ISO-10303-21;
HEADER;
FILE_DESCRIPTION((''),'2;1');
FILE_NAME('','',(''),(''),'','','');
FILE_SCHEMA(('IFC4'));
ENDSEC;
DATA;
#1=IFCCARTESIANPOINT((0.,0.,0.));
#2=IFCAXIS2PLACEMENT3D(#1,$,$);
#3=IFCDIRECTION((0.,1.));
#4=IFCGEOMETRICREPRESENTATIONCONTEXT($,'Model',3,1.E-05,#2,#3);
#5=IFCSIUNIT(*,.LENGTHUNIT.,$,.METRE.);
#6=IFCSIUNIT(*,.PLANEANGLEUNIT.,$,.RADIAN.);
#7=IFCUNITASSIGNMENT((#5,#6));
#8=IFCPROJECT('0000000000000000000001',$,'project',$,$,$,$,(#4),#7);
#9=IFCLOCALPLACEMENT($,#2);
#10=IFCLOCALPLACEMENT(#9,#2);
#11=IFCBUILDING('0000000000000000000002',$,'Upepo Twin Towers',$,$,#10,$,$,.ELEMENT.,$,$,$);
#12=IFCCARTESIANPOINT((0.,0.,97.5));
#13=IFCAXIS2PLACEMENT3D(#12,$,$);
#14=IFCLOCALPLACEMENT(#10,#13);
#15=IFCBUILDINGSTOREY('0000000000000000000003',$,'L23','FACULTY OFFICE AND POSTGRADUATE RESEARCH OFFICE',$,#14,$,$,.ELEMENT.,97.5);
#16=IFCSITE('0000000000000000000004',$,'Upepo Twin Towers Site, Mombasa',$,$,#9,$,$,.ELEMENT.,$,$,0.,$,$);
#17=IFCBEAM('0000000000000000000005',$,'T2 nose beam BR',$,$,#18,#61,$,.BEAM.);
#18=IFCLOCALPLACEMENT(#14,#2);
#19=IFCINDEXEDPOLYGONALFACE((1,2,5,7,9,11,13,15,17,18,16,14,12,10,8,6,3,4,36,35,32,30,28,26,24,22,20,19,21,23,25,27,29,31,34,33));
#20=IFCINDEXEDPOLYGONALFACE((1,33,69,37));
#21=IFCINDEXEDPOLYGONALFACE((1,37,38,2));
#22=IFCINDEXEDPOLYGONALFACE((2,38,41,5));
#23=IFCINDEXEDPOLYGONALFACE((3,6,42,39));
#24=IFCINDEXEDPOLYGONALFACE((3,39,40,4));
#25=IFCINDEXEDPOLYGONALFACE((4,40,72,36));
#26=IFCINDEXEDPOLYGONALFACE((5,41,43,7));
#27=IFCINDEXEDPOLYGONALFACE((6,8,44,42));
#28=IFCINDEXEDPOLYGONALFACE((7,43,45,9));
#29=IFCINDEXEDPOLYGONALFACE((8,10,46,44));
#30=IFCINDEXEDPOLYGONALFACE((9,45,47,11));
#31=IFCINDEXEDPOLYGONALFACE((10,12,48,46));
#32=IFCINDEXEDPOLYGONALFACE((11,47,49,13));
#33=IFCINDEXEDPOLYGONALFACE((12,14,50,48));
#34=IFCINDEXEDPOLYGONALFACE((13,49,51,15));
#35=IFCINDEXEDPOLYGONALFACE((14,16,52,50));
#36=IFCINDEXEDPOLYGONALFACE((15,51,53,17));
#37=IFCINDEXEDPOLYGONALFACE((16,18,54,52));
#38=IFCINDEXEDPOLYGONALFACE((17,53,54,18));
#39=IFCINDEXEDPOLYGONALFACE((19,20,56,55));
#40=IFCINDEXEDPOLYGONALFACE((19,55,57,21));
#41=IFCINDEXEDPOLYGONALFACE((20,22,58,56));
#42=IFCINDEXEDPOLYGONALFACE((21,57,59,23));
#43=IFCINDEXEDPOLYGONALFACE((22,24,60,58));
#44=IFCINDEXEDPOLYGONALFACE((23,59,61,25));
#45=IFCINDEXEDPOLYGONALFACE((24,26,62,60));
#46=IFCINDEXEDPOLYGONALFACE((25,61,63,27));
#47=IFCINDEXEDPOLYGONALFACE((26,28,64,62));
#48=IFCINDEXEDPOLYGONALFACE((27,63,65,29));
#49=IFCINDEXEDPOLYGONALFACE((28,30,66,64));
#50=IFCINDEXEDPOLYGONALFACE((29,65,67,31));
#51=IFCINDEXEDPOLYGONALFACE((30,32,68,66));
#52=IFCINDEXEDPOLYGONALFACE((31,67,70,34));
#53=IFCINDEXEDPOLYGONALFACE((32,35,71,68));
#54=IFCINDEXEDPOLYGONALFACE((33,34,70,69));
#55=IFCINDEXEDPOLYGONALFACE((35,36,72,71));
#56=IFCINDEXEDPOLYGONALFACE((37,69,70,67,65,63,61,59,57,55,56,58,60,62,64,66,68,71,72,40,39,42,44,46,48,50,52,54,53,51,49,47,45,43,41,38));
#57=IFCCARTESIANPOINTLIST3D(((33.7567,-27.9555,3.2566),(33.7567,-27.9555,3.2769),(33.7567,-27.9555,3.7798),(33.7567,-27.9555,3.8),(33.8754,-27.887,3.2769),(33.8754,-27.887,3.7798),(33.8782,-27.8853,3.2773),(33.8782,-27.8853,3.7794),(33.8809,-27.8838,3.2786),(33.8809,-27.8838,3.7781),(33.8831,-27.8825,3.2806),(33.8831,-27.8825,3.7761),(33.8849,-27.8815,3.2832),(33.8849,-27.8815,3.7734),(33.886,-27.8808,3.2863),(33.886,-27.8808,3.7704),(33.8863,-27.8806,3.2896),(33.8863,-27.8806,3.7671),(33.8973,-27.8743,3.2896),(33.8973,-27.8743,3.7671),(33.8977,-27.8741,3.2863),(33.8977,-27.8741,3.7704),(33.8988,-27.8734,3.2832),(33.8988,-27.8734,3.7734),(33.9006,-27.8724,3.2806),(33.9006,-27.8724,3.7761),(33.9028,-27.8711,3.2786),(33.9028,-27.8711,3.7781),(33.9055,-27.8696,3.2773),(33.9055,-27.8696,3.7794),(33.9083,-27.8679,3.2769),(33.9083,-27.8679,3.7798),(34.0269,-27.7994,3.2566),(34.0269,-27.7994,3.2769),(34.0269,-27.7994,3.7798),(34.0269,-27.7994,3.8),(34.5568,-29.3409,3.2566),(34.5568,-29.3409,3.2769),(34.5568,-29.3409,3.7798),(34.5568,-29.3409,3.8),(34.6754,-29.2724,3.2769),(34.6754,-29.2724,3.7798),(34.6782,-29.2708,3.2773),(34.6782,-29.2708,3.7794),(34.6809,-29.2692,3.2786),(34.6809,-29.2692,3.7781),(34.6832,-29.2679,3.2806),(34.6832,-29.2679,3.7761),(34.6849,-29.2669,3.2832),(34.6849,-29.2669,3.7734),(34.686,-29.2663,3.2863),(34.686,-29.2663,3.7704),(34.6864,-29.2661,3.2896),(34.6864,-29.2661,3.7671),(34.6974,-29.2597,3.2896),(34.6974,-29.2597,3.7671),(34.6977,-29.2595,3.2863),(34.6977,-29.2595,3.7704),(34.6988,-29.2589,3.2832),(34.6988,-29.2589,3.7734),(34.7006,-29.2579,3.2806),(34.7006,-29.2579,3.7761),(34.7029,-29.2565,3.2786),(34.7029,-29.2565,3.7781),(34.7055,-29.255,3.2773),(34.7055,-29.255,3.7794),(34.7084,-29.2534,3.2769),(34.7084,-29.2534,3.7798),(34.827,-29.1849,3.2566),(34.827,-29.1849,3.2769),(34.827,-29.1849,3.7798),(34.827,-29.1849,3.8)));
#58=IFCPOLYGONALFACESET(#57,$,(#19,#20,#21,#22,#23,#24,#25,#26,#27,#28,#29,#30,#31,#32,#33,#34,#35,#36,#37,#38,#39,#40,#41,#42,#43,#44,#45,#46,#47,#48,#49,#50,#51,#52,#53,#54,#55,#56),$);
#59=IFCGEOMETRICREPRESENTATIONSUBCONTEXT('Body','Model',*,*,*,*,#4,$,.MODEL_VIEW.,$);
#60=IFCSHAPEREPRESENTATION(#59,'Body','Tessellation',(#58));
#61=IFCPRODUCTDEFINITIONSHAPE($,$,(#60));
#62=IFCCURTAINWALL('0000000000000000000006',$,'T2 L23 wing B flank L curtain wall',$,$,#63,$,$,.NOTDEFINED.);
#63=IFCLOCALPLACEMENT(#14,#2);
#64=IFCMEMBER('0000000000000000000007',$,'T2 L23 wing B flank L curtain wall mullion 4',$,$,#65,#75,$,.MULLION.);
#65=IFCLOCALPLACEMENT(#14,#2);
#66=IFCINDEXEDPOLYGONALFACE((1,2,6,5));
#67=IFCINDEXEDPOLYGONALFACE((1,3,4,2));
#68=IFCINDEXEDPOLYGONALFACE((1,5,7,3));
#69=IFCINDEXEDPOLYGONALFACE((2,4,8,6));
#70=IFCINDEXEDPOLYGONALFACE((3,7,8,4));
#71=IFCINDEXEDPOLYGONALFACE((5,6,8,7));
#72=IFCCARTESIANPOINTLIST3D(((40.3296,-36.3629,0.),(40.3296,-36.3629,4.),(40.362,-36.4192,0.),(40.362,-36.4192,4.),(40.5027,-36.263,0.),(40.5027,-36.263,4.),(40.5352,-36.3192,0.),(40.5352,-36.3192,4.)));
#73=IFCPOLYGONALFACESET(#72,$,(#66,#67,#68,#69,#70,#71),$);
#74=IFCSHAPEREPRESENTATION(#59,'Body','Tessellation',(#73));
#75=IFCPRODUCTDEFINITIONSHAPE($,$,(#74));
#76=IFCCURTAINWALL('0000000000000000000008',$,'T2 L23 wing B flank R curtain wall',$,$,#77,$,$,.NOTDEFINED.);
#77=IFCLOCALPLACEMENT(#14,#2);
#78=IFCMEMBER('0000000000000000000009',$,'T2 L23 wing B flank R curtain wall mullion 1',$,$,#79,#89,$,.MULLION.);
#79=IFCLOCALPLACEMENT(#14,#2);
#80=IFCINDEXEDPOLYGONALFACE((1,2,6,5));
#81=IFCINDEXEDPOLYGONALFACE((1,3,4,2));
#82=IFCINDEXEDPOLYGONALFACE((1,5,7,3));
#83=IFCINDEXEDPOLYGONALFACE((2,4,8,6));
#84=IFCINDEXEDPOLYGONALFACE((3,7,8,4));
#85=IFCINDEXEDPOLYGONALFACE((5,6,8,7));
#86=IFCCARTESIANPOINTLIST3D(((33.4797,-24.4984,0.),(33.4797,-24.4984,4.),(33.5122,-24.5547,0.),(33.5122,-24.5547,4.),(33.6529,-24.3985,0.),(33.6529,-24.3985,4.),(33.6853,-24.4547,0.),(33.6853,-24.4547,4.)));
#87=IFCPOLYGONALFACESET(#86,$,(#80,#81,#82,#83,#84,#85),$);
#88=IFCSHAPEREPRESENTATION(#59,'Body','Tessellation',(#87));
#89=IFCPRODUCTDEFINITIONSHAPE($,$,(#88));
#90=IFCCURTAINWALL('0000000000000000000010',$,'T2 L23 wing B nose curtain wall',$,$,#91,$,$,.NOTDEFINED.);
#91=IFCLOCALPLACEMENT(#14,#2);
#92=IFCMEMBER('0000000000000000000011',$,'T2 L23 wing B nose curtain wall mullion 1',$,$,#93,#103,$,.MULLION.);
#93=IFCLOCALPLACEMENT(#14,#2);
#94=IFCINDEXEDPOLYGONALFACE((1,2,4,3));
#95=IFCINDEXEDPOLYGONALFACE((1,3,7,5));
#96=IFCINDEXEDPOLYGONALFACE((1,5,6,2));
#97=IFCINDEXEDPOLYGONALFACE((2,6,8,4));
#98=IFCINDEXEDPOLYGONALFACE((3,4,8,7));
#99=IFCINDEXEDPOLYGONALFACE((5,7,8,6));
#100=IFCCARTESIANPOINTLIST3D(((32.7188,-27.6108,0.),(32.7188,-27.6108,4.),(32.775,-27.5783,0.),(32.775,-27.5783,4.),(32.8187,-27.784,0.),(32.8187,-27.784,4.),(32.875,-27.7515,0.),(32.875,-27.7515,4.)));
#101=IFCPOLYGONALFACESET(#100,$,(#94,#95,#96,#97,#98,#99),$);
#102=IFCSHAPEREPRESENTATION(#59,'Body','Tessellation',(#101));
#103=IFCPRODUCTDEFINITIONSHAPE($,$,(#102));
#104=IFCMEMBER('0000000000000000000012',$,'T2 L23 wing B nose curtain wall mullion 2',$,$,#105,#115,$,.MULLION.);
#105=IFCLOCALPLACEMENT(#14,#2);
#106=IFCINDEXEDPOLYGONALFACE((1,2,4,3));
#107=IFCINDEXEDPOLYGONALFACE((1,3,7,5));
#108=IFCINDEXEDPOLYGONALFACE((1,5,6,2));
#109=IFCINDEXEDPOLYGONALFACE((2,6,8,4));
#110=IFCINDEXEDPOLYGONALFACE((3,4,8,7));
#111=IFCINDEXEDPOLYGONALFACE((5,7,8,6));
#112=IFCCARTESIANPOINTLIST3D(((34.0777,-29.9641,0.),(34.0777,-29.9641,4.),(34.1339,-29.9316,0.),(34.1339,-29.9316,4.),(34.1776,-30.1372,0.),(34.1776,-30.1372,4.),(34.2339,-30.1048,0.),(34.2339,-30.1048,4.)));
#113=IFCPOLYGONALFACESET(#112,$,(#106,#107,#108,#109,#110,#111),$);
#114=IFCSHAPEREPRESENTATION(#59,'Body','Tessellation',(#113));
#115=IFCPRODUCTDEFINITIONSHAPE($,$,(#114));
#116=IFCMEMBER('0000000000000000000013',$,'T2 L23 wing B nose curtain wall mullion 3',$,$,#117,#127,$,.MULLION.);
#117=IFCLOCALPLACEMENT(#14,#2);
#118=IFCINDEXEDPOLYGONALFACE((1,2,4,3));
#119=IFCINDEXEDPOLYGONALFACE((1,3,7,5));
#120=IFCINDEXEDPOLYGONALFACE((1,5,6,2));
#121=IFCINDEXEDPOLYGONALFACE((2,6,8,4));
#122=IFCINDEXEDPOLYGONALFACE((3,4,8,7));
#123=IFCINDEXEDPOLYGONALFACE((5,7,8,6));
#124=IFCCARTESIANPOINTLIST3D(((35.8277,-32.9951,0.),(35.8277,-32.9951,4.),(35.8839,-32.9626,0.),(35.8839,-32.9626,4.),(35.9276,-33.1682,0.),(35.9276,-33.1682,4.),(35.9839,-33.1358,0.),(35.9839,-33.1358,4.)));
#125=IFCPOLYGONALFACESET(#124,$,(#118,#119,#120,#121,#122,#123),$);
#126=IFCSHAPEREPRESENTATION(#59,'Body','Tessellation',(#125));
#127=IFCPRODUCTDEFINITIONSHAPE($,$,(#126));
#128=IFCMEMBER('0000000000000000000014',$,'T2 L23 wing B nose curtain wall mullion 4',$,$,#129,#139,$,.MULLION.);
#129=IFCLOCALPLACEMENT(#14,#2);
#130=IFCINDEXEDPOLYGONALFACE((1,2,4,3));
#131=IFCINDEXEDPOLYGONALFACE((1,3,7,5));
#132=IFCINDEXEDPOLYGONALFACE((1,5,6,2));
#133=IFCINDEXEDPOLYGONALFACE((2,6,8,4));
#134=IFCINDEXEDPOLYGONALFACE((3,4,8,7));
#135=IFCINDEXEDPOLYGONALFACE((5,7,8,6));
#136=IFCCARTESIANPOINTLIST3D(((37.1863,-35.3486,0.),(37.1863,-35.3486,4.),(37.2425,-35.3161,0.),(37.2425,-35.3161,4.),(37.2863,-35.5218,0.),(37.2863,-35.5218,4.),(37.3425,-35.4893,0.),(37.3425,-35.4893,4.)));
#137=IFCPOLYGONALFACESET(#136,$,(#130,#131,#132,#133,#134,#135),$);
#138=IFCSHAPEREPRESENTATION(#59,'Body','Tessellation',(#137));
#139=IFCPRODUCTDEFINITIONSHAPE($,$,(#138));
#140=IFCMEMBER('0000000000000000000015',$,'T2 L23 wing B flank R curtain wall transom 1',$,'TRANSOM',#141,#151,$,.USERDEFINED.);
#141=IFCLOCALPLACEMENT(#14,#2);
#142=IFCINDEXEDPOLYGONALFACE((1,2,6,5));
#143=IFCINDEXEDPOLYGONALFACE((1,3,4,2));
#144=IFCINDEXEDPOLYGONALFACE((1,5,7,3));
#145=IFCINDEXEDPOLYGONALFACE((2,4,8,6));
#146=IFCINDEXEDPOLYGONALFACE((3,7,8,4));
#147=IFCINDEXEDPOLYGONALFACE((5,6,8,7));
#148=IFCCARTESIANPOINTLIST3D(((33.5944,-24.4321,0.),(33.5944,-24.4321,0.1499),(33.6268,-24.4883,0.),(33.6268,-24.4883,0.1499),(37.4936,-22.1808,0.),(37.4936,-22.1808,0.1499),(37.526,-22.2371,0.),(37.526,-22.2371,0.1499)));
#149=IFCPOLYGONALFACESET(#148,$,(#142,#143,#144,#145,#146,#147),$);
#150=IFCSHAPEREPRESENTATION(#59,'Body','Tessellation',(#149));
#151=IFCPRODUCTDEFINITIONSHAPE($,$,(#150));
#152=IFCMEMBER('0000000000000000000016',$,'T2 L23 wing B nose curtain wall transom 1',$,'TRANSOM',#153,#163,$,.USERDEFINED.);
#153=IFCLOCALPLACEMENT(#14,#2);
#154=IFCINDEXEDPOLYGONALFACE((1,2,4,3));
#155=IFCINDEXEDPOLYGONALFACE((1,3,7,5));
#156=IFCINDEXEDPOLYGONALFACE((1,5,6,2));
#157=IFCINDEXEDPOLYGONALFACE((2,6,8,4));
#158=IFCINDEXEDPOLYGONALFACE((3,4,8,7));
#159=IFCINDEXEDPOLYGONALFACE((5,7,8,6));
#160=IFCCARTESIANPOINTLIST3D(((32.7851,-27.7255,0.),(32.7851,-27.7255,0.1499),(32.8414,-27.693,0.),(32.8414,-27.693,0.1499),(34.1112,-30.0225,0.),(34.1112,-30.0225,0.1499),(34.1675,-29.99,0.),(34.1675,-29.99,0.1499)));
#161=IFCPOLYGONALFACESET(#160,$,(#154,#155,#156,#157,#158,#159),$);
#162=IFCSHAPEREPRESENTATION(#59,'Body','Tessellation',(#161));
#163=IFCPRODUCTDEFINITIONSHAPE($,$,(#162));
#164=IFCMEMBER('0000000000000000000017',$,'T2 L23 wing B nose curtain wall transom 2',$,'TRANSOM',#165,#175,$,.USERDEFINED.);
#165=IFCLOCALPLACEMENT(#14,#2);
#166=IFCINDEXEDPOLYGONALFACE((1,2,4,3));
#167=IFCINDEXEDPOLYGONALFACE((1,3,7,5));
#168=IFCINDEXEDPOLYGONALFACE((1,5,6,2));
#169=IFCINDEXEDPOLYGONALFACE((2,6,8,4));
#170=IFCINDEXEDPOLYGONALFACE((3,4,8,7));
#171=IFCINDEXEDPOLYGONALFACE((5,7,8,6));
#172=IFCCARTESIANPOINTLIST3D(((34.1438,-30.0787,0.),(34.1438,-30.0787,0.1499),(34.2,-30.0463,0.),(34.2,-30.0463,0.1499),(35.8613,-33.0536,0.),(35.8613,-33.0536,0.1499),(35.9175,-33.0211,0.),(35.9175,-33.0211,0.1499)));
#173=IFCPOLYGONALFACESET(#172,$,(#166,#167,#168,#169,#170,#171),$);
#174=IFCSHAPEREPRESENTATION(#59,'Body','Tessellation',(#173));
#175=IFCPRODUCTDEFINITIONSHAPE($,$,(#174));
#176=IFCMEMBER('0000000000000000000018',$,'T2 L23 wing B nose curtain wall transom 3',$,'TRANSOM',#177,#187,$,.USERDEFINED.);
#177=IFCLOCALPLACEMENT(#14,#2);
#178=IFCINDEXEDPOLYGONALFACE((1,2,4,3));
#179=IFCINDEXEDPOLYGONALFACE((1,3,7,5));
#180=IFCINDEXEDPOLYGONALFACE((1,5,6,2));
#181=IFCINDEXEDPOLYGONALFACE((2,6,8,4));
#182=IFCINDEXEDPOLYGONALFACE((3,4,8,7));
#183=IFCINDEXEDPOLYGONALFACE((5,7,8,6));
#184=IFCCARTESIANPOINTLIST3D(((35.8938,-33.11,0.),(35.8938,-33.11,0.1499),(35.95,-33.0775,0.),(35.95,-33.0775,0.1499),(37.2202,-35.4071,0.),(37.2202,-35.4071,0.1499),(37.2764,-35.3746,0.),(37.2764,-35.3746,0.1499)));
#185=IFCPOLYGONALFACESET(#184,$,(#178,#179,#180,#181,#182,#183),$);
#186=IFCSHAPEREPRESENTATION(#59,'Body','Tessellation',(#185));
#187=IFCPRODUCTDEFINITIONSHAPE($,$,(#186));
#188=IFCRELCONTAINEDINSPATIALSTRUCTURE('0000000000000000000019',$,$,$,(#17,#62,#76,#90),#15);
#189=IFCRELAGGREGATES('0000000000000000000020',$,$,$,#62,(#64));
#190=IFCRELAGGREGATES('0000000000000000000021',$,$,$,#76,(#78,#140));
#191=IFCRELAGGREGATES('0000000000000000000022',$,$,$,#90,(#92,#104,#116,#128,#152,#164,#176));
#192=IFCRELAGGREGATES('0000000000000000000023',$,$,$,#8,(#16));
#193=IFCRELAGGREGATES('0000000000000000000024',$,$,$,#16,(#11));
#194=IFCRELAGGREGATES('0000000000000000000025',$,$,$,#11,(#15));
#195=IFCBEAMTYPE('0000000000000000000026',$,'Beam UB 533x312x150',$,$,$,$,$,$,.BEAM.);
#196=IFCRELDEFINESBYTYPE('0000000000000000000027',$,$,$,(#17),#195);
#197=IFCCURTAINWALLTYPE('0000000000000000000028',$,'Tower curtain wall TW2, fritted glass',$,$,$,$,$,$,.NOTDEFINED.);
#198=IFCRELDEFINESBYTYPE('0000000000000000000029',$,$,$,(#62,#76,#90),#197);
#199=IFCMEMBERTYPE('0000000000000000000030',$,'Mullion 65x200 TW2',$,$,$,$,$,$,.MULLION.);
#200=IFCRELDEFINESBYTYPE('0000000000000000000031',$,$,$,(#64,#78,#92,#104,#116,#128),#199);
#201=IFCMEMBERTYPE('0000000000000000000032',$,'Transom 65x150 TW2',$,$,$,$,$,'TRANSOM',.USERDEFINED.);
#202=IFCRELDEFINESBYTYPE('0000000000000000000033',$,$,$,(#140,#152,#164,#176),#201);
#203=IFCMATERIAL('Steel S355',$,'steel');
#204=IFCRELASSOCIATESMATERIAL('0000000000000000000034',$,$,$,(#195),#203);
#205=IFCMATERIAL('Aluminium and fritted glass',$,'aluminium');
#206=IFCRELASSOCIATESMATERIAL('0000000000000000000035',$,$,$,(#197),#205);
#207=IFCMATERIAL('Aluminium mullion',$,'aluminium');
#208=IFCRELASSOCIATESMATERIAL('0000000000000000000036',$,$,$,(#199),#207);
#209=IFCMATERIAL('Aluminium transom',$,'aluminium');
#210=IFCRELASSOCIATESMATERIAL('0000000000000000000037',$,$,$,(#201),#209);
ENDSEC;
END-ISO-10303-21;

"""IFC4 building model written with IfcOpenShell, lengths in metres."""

from ifc_helpers import new_model, si_unit, direction, frame, origin, origin_2d, place, context, subcontext, project, spatial, rectangle, i_section, extrude, material, material_profile, profile_set, type_object, element, aggregate, save


model = new_model("IFC4")

# Units and contexts
model_context = context("Model", 3, precision=1e-05, world=origin(), true_north=direction((0.0, 1.0)))
body_context = subcontext(model_context, "Body", "Model", "MODEL_VIEW")
ifc_project = project(units=[si_unit("LENGTHUNIT", "METRE"), si_unit("PLANEANGLEUNIT", "RADIAN")], contexts=[model_context])

# Site, building, storey
site_placement = place(None, origin())
site = spatial("IfcSite", under=ifc_project, at=site_placement, Name="Upepo Twin Towers Site, Mombasa", CompositionType="ELEMENT", RefElevation=0.0)
building_placement = place(site_placement, origin())
building = spatial("IfcBuilding", under=site, at=building_placement, Name="Upepo Twin Towers", CompositionType="ELEMENT")
storey_placement = place(building_placement, frame((0.0, 0.0, 97.5)))
storey = spatial("IfcBuildingStorey", under=building, at=storey_placement, Name="L23", Description="FACULTY OFFICE AND POSTGRADUATE RESEARCH OFFICE", CompositionType="ELEMENT", Elevation=97.5)

# Beam
ifc_material_1 = material(Name="Steel S355", Category="steel")
ifc_material_profile_1 = material_profile(ifc_material_1, i_section(OverallWidth=0.312, OverallDepth=0.5435, WebThickness=0.0127, FlangeThickness=0.0203, FilletRadius=0.0127, at=origin_2d()), Name="UB 533x312x150")
ifc_profile_set_1 = profile_set([ifc_material_profile_1], Name="Steel S355")
beam_type_1 = type_object("IfcBeamType", Name="Beam UB 533x312x150", PredefinedType="BEAM", material=ifc_profile_set_1)
for number, where, z_axis, x_axis, name in (
    (1, (33.8918, -27.8774, 3.5283), (0.500061, -0.86599, 0.0), (0.86599, 0.500061, 0.0), "T2 nose beam BR"),
):
    element("IfcBeam", number, at=place(storey_placement, frame(where, z_axis=z_axis, x_axis=x_axis)), inside=storey, type_object=beam_type_1, Name=name, PredefinedType="BEAM", context=body_context, shape_type="SweptSolid", body=[
        extrude(i_section(OverallWidth=0.312, OverallDepth=0.5435, WebThickness=0.0127, FlangeThickness=0.0203, FilletRadius=0.0127, at=origin_2d()), origin(), (0.0, 0.0, 1.0), 1.5999),
    ])

# Curtain walls, members
ifc_material_2 = material(Name="Aluminium and fritted glass", Category="aluminium")
curtain_wall_type = type_object("IfcCurtainWallType", Name="Tower curtain wall TW2, fritted glass", PredefinedType="NOTDEFINED", material=ifc_material_2)
curtain_wall_1_placement = place(storey_placement, origin())
curtain_wall_1 = element("IfcCurtainWall", 2, at=curtain_wall_1_placement, inside=storey, type_object=curtain_wall_type, Name="T2 L23 wing B flank L curtain wall", PredefinedType="NOTDEFINED")
ifc_material_3 = material(Name="Aluminium mullion", Category="aluminium")
ifc_material_profile_2 = material_profile(ifc_material_3, rectangle(XDim=0.0649, YDim=0.2, at=origin_2d()), Name="MULLION 65x200")
ifc_profile_set_2 = profile_set([ifc_material_profile_2], Name="Aluminium mullion")
member_type_1 = type_object("IfcMemberType", Name="Mullion 65x200 TW2", PredefinedType="MULLION", material=ifc_profile_set_2)
member_1_placement = place(storey_placement, frame((40.4324, -36.3411, 0.0), z_axis=(0.0, 0.0, 1.0), x_axis=(0.5, -0.866025, 0.0)))
member_1 = element("IfcMember", 3, at=member_1_placement, type_object=member_type_1, Name="T2 L23 wing B flank L curtain wall mullion 4", PredefinedType="MULLION", context=body_context, shape_type="SweptSolid", body=[
    extrude(rectangle(XDim=0.0649, YDim=0.2, at=origin_2d()), origin(), (0.0, 0.0, 1.0), 4.0),
])
aggregate(curtain_wall_1, [member_1])
curtain_wall_2_placement = place(storey_placement, origin())
curtain_wall_2 = element("IfcCurtainWall", 4, at=curtain_wall_2_placement, inside=storey, type_object=curtain_wall_type, Name="T2 L23 wing B flank R curtain wall", PredefinedType="NOTDEFINED")
member_2_placement = place(storey_placement, frame((33.5825, -24.4766, 0.0), z_axis=(0.0, 0.0, 1.0), x_axis=(-0.5, 0.866025, 0.0)))
member_2 = element("IfcMember", 5, at=member_2_placement, type_object=member_type_1, Name="T2 L23 wing B flank R curtain wall mullion 1", PredefinedType="MULLION", context=body_context, shape_type="SweptSolid", body=[
    extrude(rectangle(XDim=0.0649, YDim=0.2, at=origin_2d()), origin(), (0.0, 0.0, 1.0), 4.0),
])

# Curtain wall, members
curtain_wall_3_placement = place(storey_placement, origin())
curtain_wall_3 = element("IfcCurtainWall", 6, at=curtain_wall_3_placement, inside=storey, type_object=curtain_wall_type, Name="T2 L23 wing B nose curtain wall", PredefinedType="NOTDEFINED")
member_3_placement = place(storey_placement, frame((32.7969, -27.6812, 0.0), z_axis=(0.0, 0.0, 1.0), x_axis=(0.866025, 0.5, 0.0)))
member_3 = element("IfcMember", 7, at=member_3_placement, type_object=member_type_1, Name="T2 L23 wing B nose curtain wall mullion 1", PredefinedType="MULLION", context=body_context, shape_type="SweptSolid", body=[
    extrude(rectangle(XDim=0.0649, YDim=0.2, at=origin_2d()), origin(), (0.0, 0.0, 1.0), 4.0),
])
member_4_placement = place(storey_placement, frame((34.1558, -30.0344, 0.0), z_axis=(0.0, 0.0, 1.0), x_axis=(0.866025, 0.5, 0.0)))
member_4 = element("IfcMember", 8, at=member_4_placement, type_object=member_type_1, Name="T2 L23 wing B nose curtain wall mullion 2", PredefinedType="MULLION", context=body_context, shape_type="SweptSolid", body=[
    extrude(rectangle(XDim=0.0649, YDim=0.2, at=origin_2d()), origin(), (0.0, 0.0, 1.0), 4.0),
])
member_5_placement = place(storey_placement, frame((35.9058, -33.0654, 0.0), z_axis=(0.0, 0.0, 1.0), x_axis=(0.866025, 0.5, 0.0)))
member_5 = element("IfcMember", 9, at=member_5_placement, type_object=member_type_1, Name="T2 L23 wing B nose curtain wall mullion 3", PredefinedType="MULLION", context=body_context, shape_type="SweptSolid", body=[
    extrude(rectangle(XDim=0.0649, YDim=0.2, at=origin_2d()), origin(), (0.0, 0.0, 1.0), 4.0),
])
member_6_placement = place(storey_placement, frame((37.2644, -35.4189, 0.0), z_axis=(0.0, 0.0, 1.0), x_axis=(0.866025, 0.5, 0.0)))
member_6 = element("IfcMember", 10, at=member_6_placement, type_object=member_type_1, Name="T2 L23 wing B nose curtain wall mullion 4", PredefinedType="MULLION", context=body_context, shape_type="SweptSolid", body=[
    extrude(rectangle(XDim=0.0649, YDim=0.2, at=origin_2d()), origin(), (0.0, 0.0, 1.0), 4.0),
])

# Members
ifc_material_4 = material(Name="Aluminium transom", Category="aluminium")
ifc_material_profile_3 = material_profile(ifc_material_4, rectangle(XDim=0.0649, YDim=0.1499, at=origin_2d()), Name="TRANSOM 65x150")
ifc_profile_set_3 = profile_set([ifc_material_profile_3], Name="Aluminium transom")
member_type_2 = type_object("IfcMemberType", Name="Transom 65x150 TW2", ElementType="TRANSOM", PredefinedType="USERDEFINED", material=ifc_profile_set_3)
member_7_placement = place(storey_placement, frame((33.6106, -24.4602, 0.075), z_axis=(0.866022, 0.500006, 0.0), x_axis=(-0.500006, 0.866022, 0.0)))
member_7 = element("IfcMember", 11, at=member_7_placement, type_object=member_type_2, Name="T2 L23 wing B flank R curtain wall transom 1", ObjectType="TRANSOM", PredefinedType="USERDEFINED", context=body_context, shape_type="SweptSolid", body=[
    extrude(rectangle(XDim=0.0649, YDim=0.1499, at=origin_2d()), origin(), (0.0, 0.0, 1.0), 4.5024),
])
member_8_placement = place(storey_placement, frame((32.8132, -27.7092, 0.075), z_axis=(0.49998, -0.866037, 0.0), x_axis=(0.866037, 0.49998, 0.0)))
member_8 = element("IfcMember", 12, at=member_8_placement, type_object=member_type_2, Name="T2 L23 wing B nose curtain wall transom 1", ObjectType="TRANSOM", PredefinedType="USERDEFINED", context=body_context, shape_type="SweptSolid", body=[
    extrude(rectangle(XDim=0.0649, YDim=0.1499, at=origin_2d()), origin(), (0.0, 0.0, 1.0), 2.6523),
])
member_9_placement = place(storey_placement, frame((34.1719, -30.0625, 0.075), z_axis=(0.499999, -0.866026, 0.0), x_axis=(0.866026, 0.499999, 0.0)))
member_9 = element("IfcMember", 13, at=member_9_placement, type_object=member_type_2, Name="T2 L23 wing B nose curtain wall transom 2", ObjectType="TRANSOM", PredefinedType="USERDEFINED", context=body_context, shape_type="SweptSolid", body=[
    extrude(rectangle(XDim=0.0649, YDim=0.1499, at=origin_2d()), origin(), (0.0, 0.0, 1.0), 3.4351),
])
member_10_placement = place(storey_placement, frame((35.9219, -33.0938, 0.075), z_axis=(0.500049, -0.865997, 0.0), x_axis=(0.865997, 0.500049, 0.0)))
member_10 = element("IfcMember", 14, at=member_10_placement, type_object=member_type_2, Name="T2 L23 wing B nose curtain wall transom 3", ObjectType="TRANSOM", PredefinedType="USERDEFINED", context=body_context, shape_type="SweptSolid", body=[
    extrude(rectangle(XDim=0.0649, YDim=0.1499, at=origin_2d()), origin(), (0.0, 0.0, 1.0), 2.6526),
])

aggregate(curtain_wall_2, [member_2, member_7])
aggregate(curtain_wall_3, [member_3, member_4, member_5, member_6, member_8, member_9, member_10])

save(model, "model.ifc")
